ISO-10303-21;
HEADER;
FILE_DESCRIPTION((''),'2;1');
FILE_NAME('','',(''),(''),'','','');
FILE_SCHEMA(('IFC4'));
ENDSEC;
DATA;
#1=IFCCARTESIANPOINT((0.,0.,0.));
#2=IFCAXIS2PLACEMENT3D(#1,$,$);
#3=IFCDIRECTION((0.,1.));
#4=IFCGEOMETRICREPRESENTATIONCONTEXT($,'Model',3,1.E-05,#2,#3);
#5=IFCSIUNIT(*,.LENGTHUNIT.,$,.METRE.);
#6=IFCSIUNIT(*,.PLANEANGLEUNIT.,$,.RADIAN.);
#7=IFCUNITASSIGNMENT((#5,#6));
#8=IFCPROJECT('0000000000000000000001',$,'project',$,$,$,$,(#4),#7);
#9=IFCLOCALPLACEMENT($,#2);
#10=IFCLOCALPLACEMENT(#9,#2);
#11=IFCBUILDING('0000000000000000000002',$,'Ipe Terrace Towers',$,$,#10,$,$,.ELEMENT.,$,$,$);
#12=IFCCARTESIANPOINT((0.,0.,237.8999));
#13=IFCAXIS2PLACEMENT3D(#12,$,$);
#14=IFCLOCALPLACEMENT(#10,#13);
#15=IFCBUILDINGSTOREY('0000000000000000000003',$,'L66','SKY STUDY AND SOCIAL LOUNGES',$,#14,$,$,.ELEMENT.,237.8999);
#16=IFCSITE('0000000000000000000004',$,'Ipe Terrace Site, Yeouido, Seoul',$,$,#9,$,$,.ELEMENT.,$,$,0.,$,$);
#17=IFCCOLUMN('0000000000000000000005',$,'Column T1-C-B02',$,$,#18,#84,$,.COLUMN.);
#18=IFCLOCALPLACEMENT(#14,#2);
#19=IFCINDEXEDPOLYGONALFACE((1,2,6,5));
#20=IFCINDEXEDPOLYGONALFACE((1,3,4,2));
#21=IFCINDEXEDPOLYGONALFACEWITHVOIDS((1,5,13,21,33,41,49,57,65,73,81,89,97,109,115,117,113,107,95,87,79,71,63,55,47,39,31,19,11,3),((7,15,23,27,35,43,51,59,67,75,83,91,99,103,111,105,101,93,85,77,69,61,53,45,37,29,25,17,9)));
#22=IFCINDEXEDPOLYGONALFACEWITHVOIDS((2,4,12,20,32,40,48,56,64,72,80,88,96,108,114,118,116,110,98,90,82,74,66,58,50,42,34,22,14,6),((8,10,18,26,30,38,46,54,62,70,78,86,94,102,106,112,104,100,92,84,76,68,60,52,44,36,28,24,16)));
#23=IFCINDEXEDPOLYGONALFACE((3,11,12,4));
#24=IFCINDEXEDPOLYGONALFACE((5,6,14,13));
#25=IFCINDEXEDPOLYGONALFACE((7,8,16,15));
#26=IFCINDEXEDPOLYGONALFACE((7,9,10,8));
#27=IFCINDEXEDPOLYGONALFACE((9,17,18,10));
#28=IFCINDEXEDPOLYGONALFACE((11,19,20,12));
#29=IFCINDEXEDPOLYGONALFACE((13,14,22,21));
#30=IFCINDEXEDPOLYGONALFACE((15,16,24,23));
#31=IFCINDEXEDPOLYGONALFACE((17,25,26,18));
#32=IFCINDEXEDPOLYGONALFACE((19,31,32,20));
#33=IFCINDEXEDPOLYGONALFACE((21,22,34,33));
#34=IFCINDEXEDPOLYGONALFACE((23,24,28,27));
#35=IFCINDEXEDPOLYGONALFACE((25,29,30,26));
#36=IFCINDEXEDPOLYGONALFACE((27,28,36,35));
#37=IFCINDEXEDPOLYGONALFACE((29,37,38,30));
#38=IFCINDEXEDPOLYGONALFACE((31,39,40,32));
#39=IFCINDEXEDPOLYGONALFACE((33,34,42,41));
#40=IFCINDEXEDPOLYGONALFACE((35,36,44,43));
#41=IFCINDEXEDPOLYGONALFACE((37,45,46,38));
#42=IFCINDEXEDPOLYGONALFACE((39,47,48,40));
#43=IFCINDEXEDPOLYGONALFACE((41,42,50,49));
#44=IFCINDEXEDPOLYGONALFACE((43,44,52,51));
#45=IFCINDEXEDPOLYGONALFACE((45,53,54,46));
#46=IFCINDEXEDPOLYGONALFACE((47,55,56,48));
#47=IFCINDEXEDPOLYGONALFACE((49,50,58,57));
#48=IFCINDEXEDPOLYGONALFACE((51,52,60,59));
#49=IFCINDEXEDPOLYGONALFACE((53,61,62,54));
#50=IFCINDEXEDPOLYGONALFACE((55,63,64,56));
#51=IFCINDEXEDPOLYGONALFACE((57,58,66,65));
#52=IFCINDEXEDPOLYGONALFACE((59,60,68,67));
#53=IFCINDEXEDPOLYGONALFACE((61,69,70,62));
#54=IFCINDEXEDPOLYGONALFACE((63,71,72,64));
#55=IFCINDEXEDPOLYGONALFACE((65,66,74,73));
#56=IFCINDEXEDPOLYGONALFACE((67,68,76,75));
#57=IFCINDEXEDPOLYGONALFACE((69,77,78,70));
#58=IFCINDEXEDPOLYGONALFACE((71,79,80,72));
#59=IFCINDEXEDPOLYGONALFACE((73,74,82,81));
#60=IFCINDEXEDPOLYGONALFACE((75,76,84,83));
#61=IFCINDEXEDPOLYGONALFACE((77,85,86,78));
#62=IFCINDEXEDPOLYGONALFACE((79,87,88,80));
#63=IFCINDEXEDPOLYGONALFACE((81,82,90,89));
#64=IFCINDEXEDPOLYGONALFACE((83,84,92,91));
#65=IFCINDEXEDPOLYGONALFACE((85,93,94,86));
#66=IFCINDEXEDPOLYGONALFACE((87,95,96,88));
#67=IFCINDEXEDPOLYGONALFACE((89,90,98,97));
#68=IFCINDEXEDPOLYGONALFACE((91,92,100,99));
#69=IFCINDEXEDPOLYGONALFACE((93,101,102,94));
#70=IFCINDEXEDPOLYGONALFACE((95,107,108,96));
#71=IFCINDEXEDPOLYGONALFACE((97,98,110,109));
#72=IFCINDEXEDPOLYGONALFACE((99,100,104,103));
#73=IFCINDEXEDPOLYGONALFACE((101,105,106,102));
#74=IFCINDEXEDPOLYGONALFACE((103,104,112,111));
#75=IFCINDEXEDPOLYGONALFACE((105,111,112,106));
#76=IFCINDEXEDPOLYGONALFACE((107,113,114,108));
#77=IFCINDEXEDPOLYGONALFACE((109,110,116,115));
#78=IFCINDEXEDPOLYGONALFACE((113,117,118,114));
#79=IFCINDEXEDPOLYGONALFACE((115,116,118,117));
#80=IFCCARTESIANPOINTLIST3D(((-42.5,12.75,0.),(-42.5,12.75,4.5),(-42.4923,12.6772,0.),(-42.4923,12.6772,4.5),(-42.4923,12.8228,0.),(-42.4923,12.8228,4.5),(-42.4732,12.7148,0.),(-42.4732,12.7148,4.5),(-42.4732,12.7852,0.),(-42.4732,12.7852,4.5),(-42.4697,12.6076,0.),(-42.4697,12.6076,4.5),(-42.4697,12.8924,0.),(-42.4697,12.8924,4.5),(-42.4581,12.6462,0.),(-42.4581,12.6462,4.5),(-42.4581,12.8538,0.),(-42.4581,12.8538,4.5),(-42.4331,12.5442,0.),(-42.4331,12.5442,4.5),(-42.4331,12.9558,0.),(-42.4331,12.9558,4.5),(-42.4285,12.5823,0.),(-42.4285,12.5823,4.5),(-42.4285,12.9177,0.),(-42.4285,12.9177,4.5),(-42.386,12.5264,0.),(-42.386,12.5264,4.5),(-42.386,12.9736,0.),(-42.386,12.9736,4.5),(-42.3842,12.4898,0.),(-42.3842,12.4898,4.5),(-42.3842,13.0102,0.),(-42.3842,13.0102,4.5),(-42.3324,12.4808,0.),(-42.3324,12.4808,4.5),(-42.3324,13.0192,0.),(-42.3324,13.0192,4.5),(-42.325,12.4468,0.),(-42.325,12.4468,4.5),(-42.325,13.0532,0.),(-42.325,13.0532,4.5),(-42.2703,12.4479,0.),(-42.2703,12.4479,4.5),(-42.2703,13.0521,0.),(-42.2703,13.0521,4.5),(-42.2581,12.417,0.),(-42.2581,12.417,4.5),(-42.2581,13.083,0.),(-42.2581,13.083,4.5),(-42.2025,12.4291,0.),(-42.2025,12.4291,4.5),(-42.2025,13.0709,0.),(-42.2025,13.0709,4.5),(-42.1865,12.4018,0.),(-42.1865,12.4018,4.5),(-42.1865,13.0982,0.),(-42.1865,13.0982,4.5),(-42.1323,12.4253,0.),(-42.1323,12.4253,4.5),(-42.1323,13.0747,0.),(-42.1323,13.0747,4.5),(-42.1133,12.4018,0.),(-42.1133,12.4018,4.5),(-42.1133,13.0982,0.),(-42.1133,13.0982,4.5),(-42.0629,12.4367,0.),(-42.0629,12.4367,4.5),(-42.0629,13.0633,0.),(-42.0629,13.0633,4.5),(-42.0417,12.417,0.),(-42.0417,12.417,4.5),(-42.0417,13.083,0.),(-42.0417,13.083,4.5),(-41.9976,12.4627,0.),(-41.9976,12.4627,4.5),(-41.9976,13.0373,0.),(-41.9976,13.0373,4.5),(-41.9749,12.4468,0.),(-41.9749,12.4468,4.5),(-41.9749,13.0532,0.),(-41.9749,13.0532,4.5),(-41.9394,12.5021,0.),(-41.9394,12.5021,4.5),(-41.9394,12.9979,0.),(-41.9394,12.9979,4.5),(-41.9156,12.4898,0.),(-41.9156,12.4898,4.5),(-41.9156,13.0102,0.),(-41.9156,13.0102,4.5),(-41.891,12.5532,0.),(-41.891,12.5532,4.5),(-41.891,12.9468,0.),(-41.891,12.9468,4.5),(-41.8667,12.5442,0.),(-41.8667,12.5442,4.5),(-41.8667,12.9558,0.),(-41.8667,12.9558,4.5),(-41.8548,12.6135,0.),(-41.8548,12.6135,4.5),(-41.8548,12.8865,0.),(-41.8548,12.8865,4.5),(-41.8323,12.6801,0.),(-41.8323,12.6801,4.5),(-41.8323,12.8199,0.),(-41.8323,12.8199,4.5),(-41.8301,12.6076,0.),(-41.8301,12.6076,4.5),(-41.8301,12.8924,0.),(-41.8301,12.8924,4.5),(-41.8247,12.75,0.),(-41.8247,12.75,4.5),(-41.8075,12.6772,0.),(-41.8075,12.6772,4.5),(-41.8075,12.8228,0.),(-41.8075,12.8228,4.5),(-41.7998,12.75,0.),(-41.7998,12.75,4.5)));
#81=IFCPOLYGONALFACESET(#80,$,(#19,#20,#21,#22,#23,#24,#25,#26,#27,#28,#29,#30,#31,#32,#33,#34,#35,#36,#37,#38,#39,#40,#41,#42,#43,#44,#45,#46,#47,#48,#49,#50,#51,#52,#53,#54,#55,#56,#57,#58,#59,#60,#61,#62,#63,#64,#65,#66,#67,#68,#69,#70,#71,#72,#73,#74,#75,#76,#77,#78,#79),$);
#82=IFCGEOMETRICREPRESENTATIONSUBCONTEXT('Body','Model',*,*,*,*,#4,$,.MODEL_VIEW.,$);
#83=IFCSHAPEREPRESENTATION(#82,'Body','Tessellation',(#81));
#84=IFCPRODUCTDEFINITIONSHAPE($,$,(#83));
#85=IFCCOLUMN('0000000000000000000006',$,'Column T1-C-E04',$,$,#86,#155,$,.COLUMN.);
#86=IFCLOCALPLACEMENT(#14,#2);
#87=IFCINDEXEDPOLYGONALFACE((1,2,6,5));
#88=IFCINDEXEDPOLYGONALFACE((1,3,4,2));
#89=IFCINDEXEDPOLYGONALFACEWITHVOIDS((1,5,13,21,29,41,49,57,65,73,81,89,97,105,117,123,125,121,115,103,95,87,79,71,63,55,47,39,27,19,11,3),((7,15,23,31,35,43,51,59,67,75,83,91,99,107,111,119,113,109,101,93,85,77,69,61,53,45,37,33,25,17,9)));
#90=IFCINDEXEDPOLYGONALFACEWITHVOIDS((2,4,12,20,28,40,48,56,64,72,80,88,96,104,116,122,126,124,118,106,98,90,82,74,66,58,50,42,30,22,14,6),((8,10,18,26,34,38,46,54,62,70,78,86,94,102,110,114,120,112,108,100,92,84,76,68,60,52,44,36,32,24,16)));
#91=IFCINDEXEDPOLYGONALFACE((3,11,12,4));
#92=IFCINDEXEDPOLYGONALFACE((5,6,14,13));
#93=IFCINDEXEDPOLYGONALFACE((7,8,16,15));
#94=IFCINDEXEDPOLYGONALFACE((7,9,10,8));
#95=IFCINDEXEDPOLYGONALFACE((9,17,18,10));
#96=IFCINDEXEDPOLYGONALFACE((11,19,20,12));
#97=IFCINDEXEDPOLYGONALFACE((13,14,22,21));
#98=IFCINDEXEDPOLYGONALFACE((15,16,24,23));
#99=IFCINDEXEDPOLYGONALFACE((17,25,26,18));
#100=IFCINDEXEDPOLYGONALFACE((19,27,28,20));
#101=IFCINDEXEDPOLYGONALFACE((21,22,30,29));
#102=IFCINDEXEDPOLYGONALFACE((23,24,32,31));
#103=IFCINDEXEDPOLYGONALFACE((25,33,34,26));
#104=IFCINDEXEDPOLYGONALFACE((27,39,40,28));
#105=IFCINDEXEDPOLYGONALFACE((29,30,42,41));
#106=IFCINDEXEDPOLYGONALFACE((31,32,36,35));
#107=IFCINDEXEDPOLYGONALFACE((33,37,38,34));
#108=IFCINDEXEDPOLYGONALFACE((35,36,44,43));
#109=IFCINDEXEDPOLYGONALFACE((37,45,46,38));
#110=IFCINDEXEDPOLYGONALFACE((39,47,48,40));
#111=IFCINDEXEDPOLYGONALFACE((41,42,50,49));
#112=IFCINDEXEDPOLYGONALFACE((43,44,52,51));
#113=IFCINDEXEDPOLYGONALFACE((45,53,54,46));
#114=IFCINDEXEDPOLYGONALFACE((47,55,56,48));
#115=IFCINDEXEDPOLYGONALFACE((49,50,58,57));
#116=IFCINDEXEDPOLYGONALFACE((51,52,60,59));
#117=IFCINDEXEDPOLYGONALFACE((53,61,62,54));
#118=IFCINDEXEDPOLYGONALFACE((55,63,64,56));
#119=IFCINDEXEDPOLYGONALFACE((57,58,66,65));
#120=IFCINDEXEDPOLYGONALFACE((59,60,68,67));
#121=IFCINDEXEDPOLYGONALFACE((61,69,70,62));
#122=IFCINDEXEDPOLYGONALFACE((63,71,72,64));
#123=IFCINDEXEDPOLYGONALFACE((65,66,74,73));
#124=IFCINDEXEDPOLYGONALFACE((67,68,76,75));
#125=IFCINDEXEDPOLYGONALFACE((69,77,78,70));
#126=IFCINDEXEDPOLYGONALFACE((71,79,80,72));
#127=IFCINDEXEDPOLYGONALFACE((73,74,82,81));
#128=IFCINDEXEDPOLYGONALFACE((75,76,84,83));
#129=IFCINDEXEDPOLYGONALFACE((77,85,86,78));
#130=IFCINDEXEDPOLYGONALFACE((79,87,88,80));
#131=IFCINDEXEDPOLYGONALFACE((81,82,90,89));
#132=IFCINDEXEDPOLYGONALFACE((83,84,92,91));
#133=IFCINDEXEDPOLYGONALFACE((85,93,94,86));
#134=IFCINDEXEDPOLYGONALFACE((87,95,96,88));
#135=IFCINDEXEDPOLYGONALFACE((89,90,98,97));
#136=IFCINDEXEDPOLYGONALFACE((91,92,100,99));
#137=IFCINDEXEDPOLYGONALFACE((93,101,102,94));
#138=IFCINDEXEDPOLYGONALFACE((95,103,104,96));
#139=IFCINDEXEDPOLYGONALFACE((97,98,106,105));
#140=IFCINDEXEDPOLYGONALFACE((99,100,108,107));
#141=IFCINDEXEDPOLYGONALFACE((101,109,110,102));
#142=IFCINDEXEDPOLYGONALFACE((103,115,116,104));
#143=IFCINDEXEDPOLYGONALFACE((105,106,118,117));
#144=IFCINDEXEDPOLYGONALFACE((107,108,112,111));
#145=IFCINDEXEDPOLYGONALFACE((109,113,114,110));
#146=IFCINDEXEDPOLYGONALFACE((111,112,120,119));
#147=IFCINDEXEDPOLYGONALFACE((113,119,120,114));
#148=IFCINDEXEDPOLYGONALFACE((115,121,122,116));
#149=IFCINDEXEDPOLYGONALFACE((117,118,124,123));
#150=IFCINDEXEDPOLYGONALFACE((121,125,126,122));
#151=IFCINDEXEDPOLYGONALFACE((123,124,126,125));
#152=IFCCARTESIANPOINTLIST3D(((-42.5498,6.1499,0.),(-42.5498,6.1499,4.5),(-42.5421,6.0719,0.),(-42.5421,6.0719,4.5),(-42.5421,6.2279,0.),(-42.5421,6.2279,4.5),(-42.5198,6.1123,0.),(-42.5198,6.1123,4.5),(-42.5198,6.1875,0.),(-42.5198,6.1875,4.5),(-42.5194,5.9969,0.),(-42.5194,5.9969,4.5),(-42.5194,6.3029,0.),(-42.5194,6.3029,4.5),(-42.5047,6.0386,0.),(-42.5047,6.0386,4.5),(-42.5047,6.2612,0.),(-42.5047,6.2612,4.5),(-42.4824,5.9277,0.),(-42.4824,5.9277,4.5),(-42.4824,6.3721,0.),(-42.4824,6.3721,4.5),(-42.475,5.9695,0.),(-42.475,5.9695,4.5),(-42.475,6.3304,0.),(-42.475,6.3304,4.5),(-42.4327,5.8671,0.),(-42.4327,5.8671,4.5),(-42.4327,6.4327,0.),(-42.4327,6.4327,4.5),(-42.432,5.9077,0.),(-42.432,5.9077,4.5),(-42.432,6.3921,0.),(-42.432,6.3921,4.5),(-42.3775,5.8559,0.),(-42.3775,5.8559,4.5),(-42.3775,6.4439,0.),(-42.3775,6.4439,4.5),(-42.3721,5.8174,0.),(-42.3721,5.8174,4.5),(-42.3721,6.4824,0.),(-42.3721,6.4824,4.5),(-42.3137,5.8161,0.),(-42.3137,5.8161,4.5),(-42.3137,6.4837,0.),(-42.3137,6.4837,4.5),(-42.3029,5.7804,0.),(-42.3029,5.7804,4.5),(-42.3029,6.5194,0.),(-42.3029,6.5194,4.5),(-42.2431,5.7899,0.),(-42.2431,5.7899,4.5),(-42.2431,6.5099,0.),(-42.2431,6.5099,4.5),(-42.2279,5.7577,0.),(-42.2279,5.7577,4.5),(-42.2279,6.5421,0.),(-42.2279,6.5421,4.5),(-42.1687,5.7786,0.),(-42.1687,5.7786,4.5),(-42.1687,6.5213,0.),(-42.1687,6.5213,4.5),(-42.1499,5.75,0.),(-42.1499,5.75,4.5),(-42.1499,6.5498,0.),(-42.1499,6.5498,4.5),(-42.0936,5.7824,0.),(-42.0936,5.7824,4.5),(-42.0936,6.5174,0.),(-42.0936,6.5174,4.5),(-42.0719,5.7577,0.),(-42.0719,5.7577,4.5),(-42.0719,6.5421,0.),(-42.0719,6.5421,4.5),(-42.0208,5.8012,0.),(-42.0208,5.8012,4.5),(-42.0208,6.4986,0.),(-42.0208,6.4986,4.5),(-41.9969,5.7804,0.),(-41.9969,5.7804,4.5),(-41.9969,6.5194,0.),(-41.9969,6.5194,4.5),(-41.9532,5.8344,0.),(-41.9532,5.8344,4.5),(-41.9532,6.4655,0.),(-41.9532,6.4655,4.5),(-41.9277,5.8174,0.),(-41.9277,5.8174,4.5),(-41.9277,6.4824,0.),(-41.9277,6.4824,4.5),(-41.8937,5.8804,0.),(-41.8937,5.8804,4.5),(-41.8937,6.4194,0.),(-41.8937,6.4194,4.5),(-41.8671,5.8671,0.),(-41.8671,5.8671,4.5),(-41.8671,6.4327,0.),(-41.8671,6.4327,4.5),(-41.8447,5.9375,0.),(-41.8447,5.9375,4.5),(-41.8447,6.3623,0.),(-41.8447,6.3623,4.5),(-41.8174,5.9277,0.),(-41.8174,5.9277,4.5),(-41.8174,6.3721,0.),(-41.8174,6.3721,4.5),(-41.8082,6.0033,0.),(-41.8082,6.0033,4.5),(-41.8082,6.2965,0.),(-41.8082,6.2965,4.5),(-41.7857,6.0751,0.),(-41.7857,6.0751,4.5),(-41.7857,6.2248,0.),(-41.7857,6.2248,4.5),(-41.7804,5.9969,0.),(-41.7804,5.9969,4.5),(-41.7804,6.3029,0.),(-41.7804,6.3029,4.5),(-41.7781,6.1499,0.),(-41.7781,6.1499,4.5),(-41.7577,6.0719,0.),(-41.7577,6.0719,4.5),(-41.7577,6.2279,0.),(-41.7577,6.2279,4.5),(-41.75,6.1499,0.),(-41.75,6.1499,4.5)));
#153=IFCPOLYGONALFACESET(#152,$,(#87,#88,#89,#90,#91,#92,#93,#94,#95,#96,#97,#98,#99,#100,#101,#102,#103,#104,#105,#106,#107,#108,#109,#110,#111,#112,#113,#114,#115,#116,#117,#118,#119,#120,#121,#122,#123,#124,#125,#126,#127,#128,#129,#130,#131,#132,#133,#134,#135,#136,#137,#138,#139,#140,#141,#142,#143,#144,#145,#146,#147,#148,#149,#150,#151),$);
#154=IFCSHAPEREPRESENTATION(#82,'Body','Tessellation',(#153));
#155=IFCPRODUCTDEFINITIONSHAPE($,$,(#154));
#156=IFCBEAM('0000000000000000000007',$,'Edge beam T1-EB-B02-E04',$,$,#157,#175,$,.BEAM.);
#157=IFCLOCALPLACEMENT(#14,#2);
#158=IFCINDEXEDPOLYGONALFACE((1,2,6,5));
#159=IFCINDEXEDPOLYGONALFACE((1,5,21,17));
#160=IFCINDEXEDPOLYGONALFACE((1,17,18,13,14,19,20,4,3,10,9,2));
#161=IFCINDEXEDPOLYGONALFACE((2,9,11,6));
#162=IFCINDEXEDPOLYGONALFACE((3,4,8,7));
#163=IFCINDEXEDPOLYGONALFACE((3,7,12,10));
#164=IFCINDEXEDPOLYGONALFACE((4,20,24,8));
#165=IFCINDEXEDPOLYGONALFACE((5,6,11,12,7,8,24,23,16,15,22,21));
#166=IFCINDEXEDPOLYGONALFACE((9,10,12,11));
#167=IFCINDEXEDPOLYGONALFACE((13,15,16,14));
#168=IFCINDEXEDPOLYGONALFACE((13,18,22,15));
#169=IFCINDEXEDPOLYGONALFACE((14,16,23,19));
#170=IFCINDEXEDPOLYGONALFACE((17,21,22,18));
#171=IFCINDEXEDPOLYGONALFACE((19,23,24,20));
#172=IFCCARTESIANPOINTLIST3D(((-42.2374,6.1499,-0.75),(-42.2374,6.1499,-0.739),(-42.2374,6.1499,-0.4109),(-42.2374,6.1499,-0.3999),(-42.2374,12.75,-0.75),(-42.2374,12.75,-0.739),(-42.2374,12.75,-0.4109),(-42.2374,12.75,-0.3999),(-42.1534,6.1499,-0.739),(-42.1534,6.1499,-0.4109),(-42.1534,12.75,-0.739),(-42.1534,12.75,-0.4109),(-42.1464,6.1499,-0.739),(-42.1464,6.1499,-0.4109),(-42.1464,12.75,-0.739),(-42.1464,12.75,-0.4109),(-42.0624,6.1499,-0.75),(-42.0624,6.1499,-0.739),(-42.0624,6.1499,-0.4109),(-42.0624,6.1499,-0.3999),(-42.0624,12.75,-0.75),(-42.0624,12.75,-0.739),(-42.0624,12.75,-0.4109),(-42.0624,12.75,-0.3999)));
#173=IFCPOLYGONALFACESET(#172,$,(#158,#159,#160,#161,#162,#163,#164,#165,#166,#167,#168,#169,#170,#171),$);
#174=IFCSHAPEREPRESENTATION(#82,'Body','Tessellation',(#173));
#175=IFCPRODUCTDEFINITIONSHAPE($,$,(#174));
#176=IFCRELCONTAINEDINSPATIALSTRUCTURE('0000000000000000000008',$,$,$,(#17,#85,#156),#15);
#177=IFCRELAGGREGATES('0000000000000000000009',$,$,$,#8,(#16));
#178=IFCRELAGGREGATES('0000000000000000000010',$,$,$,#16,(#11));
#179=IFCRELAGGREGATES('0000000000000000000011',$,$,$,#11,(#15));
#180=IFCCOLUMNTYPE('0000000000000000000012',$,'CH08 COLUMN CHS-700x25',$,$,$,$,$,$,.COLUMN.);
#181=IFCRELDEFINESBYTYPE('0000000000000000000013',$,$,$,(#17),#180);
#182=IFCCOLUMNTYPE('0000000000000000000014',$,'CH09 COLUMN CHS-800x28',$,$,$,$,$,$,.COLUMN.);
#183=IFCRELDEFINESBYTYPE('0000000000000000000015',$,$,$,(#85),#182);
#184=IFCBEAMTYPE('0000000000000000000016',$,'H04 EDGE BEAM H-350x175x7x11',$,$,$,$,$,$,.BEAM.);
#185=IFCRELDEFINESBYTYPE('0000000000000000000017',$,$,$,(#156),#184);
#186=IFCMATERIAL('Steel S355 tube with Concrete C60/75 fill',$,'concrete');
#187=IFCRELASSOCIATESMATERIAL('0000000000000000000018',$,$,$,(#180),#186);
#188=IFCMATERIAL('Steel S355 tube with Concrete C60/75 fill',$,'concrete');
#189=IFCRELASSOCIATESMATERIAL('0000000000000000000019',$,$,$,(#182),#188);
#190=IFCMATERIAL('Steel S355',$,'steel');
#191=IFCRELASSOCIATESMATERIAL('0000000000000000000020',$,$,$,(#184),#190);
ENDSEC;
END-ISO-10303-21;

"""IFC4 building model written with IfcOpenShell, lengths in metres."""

from ifc_helpers import new_model, si_unit, direction, frame, origin, origin_2d, place, context, subcontext, project, spatial, hollow_circle, i_section, extrude, material, material_profile, profile_set, type_object, element, save


model = new_model("IFC4")

# Units and contexts
model_context = context("Model", 3, precision=1e-05, world=origin(), true_north=direction((0.0, 1.0)))
body_context = subcontext(model_context, "Body", "Model", "MODEL_VIEW")
ifc_project = project(units=[si_unit("LENGTHUNIT", "METRE"), si_unit("PLANEANGLEUNIT", "RADIAN")], contexts=[model_context])

# Site, building, storey
site_placement = place(None, origin())
site = spatial("IfcSite", under=ifc_project, at=site_placement, Name="Ipe Terrace Site, Yeouido, Seoul", CompositionType="ELEMENT", RefElevation=0.0)
building_placement = place(site_placement, origin())
building = spatial("IfcBuilding", under=site, at=building_placement, Name="Ipe Terrace Towers", CompositionType="ELEMENT")
storey_placement = place(building_placement, frame((0.0, 0.0, 237.8999)))
storey = spatial("IfcBuildingStorey", under=building, at=storey_placement, Name="L66", Description="SKY STUDY AND SOCIAL LOUNGES", CompositionType="ELEMENT", Elevation=237.8999)

# Columns
ifc_material_1 = material(Name="Steel S355 tube with Concrete C60/75 fill", Category="concrete")
ifc_material_profile_1 = material_profile(ifc_material_1, hollow_circle(Radius=0.3501, WallThickness=0.0249, at=origin_2d()), Name="CHS-700x25")
ifc_profile_set_1 = profile_set([ifc_material_profile_1], Name="Steel S355 tube with Concrete C60/75 fill")
column_type_1 = type_object("IfcColumnType", Name="CH08 COLUMN CHS-700x25", PredefinedType="COLUMN", material=ifc_profile_set_1)
column_1_placement = place(storey_placement, frame((-42.1499, 12.75, 0.0), z_axis=(0.0, 0.0, 1.0), x_axis=(1.0, 0.0, 0.0)))
element("IfcColumn", 1, at=column_1_placement, inside=storey, type_object=column_type_1, Name="Column T1-C-B02", PredefinedType="COLUMN", context=body_context, shape_type="SweptSolid", body=[
    extrude(hollow_circle(Radius=0.3501, WallThickness=0.0249, at=origin_2d()), origin(), (0.0, 0.0, 1.0), 4.5),
])
ifc_material_2 = material(Name="Steel S355 tube with Concrete C60/75 fill", Category="concrete")
ifc_material_profile_2 = material_profile(ifc_material_2, hollow_circle(Radius=0.3999, WallThickness=0.0281, at=origin_2d()), Name="CHS-800x28")
ifc_profile_set_2 = profile_set([ifc_material_profile_2], Name="Steel S355 tube with Concrete C60/75 fill")
column_type_2 = type_object("IfcColumnType", Name="CH09 COLUMN CHS-800x28", PredefinedType="COLUMN", material=ifc_profile_set_2)
column_2_placement = place(storey_placement, frame((-42.1499, 6.1499, 0.0), z_axis=(0.0, 0.0, 1.0), x_axis=(1.0, 0.0, 0.0)))
element("IfcColumn", 2, at=column_2_placement, inside=storey, type_object=column_type_2, Name="Column T1-C-E04", PredefinedType="COLUMN", context=body_context, shape_type="SweptSolid", body=[
    extrude(hollow_circle(Radius=0.3999, WallThickness=0.0281, at=origin_2d()), origin(), (0.0, 0.0, 1.0), 4.5),
])

# Beam
ifc_material_3 = material(Name="Steel S355", Category="steel")
ifc_material_profile_3 = material_profile(ifc_material_3, i_section(OverallWidth=0.175, OverallDepth=0.3501, WebThickness=0.0071, FlangeThickness=0.011, at=origin_2d()), Name="H-350x175x7x11")
ifc_profile_set_3 = profile_set([ifc_material_profile_3], Name="Steel S355")
beam_type = type_object("IfcBeamType", Name="H04 EDGE BEAM H-350x175x7x11", PredefinedType="BEAM", material=ifc_profile_set_3)
beam_placement = place(storey_placement, frame((-42.1499, 12.75, -0.575), z_axis=(0.0, -1.0, 0.0), x_axis=(1.0, 0.0, 0.0)))
element("IfcBeam", 3, at=beam_placement, inside=storey, type_object=beam_type, Name="Edge beam T1-EB-B02-E04", PredefinedType="BEAM", context=body_context, shape_type="SweptSolid", body=[
    extrude(i_section(OverallWidth=0.175, OverallDepth=0.3501, WebThickness=0.0071, FlangeThickness=0.011, at=origin_2d()), origin(), (0.0, 0.0, 1.0), 6.6001),
])

save(model, "model.ifc")
